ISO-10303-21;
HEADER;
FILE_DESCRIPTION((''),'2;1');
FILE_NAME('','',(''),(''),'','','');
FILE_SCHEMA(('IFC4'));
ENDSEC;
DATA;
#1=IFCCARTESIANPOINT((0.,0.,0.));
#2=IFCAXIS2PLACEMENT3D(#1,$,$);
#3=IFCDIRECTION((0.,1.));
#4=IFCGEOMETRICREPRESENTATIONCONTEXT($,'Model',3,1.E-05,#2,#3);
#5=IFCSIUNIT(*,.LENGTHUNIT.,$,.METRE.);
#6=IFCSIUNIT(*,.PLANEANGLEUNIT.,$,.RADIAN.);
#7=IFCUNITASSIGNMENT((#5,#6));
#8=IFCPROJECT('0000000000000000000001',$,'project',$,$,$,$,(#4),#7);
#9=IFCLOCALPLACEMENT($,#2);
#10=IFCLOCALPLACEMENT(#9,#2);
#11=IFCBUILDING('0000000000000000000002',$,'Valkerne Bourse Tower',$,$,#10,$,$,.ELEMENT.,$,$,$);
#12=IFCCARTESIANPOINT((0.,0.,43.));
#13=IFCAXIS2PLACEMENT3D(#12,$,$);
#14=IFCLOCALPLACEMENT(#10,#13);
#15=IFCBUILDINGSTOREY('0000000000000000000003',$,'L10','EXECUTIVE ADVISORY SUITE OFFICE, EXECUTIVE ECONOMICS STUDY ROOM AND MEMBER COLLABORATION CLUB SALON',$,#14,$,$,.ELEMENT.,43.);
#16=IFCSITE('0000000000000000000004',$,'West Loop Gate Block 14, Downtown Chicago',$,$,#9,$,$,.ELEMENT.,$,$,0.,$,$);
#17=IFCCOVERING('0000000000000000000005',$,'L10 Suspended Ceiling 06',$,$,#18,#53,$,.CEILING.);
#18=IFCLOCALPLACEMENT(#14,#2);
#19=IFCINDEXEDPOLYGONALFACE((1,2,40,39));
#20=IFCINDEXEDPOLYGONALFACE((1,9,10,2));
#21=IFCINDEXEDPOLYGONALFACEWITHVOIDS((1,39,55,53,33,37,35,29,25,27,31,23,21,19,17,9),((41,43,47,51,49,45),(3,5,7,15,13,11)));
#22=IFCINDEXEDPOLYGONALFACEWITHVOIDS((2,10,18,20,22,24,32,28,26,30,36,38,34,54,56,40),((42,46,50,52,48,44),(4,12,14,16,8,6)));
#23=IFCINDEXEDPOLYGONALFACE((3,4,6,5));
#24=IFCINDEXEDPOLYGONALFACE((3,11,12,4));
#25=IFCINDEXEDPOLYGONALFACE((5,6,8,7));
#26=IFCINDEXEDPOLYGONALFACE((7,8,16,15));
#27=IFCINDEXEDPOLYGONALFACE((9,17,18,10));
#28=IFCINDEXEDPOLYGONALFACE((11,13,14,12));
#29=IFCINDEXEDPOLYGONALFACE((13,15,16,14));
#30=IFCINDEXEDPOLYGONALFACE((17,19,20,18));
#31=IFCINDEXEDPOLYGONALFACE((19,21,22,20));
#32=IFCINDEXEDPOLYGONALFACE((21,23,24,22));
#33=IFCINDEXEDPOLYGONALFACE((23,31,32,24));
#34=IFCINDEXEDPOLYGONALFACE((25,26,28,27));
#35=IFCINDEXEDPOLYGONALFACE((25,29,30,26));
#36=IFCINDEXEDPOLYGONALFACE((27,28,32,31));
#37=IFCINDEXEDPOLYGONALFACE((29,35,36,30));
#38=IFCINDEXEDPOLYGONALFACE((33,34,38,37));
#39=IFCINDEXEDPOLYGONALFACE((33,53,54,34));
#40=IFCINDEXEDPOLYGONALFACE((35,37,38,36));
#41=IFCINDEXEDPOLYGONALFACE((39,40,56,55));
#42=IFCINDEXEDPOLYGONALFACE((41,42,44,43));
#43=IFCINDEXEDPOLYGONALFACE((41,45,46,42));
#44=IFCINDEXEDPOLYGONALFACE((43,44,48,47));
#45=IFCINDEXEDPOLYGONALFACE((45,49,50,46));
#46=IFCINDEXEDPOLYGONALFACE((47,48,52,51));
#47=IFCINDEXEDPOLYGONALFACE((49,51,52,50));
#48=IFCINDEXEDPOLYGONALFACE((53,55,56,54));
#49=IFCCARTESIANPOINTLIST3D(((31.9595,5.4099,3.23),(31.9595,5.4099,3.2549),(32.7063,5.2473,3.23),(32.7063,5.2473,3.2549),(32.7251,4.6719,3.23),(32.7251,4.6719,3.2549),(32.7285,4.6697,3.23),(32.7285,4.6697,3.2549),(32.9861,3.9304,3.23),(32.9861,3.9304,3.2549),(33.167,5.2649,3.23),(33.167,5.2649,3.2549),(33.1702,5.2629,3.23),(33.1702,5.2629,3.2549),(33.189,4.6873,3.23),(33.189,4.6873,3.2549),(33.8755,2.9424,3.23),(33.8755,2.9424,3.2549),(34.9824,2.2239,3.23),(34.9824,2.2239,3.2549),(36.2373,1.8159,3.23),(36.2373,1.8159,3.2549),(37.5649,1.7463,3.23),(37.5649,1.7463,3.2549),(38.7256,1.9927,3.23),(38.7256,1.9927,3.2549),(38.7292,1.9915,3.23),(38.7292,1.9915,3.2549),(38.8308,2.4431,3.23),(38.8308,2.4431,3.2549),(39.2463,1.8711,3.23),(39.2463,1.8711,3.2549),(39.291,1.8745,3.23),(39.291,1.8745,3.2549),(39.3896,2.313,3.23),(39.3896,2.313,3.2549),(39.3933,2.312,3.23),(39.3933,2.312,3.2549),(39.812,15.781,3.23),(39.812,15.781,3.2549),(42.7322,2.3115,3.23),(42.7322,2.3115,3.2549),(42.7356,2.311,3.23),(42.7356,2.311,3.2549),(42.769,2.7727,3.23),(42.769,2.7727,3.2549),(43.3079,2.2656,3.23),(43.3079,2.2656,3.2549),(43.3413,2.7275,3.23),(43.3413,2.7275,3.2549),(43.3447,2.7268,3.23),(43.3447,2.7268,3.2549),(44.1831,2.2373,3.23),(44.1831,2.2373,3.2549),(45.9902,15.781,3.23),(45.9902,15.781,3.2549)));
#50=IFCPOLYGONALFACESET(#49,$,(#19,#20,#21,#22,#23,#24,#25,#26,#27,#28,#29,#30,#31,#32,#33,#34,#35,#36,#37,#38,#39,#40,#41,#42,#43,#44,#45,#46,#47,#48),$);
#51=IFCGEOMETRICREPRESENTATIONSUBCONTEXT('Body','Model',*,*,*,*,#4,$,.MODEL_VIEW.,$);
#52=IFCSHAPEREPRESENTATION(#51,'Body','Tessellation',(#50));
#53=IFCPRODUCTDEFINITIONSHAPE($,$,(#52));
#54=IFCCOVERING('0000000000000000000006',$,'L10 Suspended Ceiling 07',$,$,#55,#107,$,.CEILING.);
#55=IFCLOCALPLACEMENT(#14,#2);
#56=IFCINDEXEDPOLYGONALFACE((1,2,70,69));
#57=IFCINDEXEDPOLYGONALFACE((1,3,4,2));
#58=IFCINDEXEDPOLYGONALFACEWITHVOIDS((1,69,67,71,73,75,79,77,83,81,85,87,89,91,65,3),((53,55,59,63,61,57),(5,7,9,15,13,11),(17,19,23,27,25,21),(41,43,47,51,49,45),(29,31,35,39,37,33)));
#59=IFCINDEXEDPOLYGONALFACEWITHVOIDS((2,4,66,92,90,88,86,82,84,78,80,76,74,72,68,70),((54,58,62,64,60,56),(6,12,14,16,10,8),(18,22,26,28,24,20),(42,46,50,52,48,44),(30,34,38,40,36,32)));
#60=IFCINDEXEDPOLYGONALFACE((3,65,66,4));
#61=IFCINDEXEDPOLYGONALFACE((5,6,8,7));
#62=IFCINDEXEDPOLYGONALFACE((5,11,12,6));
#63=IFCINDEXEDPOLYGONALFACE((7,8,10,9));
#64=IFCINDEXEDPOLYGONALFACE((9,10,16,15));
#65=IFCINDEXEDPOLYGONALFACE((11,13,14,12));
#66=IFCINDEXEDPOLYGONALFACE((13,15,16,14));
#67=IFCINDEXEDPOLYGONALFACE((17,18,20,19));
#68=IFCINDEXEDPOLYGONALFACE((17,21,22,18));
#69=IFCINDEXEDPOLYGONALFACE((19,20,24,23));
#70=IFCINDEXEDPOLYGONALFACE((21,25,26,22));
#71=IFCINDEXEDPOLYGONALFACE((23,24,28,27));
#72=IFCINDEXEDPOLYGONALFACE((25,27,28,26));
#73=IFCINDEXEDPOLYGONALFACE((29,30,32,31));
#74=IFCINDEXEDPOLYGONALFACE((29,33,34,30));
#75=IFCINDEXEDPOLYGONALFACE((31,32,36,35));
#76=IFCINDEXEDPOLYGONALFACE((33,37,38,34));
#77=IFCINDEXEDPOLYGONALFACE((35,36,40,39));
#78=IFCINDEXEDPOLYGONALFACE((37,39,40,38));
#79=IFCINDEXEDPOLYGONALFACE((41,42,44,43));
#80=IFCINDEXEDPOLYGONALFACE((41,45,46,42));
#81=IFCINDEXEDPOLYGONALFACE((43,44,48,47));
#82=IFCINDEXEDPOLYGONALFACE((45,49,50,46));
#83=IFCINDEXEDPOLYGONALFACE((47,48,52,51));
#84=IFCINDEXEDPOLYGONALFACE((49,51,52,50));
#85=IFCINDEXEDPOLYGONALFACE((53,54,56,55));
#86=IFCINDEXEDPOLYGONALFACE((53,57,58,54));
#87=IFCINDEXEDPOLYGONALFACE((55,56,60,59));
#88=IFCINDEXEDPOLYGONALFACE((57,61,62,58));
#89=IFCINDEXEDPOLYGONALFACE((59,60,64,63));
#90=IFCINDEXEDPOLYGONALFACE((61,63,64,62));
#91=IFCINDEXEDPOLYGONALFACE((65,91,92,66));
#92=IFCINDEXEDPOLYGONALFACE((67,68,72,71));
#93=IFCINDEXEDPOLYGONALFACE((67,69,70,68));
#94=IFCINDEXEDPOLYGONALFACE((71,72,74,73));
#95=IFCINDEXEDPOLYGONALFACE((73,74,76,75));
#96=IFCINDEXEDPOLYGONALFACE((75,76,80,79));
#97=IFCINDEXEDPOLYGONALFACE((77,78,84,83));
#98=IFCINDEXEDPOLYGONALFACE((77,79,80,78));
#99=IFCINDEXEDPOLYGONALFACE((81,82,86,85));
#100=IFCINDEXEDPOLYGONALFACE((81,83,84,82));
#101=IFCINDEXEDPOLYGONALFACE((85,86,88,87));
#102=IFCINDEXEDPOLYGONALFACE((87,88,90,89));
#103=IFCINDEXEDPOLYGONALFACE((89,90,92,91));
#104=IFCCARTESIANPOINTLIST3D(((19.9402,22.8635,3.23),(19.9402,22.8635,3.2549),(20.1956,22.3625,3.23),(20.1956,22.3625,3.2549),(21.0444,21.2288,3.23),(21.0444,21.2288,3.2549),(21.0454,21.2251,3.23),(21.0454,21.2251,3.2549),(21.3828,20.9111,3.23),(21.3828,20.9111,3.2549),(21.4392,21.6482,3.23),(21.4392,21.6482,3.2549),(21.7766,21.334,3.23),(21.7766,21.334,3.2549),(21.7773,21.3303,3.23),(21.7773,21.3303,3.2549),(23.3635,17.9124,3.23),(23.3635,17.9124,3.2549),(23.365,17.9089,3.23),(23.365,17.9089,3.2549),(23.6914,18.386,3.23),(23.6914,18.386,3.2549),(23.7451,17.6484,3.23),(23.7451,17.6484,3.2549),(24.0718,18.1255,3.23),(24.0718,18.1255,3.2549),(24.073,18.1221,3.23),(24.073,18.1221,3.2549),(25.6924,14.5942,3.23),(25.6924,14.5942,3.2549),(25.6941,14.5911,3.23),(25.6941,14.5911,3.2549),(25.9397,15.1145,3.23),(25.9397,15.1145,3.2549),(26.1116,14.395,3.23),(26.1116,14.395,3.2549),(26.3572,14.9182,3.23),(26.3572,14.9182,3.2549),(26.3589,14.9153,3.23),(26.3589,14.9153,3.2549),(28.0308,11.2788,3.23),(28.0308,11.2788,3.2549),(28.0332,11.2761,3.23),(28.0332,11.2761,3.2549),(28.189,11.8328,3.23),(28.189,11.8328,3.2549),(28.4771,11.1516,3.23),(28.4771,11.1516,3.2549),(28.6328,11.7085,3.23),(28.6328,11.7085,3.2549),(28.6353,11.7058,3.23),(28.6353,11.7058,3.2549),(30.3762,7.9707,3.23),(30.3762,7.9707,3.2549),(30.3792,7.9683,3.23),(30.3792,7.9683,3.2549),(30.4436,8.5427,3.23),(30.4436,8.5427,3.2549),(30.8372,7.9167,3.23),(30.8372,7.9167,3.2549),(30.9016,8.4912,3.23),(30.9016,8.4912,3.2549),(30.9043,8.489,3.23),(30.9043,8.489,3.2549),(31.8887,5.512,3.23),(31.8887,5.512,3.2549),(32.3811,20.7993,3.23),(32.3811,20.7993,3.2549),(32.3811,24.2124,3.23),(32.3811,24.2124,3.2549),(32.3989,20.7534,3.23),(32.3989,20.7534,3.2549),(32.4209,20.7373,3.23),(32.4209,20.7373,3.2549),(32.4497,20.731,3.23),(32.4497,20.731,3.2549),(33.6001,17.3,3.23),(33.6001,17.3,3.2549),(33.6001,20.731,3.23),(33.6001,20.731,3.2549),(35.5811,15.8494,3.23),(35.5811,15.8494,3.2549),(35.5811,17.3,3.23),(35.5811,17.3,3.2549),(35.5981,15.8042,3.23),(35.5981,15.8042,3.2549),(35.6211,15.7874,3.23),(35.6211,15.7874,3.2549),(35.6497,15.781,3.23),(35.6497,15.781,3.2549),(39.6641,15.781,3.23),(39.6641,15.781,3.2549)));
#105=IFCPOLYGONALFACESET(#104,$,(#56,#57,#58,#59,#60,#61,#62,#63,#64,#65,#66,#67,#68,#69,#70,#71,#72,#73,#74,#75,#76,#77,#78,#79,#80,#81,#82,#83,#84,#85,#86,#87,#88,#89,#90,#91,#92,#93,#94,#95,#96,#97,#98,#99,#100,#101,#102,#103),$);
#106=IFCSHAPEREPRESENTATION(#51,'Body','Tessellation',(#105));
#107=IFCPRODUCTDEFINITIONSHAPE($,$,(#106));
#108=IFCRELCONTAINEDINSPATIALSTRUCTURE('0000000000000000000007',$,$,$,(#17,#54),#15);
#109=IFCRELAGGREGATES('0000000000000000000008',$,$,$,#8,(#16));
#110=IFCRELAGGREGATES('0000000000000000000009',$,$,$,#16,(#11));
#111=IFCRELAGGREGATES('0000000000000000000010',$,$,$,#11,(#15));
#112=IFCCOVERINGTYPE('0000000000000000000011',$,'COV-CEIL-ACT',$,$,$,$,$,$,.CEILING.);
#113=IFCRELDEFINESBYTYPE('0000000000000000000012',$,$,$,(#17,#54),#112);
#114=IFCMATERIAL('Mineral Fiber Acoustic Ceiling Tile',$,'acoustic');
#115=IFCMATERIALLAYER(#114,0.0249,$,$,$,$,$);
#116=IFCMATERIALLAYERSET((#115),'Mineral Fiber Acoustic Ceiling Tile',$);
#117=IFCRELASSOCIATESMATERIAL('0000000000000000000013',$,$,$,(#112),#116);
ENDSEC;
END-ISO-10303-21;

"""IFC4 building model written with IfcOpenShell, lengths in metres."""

from ifc_helpers import new_model, si_unit, direction, frame, origin, place, context, subcontext, project, spatial, polyline, outline, extrude, material, layer, layer_set, type_object, element, save


model = new_model("IFC4")

# Units and contexts
model_context = context("Model", 3, precision=1e-05, world=origin(), true_north=direction((0.0, 1.0)))
body_context = subcontext(model_context, "Body", "Model", "MODEL_VIEW")
ifc_project = project(units=[si_unit("LENGTHUNIT", "METRE"), si_unit("PLANEANGLEUNIT", "RADIAN")], contexts=[model_context])

# Site, building, storey
site_placement = place(None, origin())
site = spatial("IfcSite", under=ifc_project, at=site_placement, Name="West Loop Gate Block 14, Downtown Chicago", CompositionType="ELEMENT", RefElevation=0.0)
building_placement = place(site_placement, origin())
building = spatial("IfcBuilding", under=site, at=building_placement, Name="Valkerne Bourse Tower", CompositionType="ELEMENT")
storey_placement = place(building_placement, frame((0.0, 0.0, 43.0)))
storey = spatial("IfcBuildingStorey", under=building, at=storey_placement, Name="L10", Description="EXECUTIVE ADVISORY SUITE OFFICE, EXECUTIVE ECONOMICS STUDY ROOM AND MEMBER COLLABORATION CLUB SALON", CompositionType="ELEMENT", Elevation=43.0)

# Coverings
ifc_material_1 = material(Name="Mineral Fiber Acoustic Ceiling Tile", Category="acoustic")
ifc_layer_1 = layer(ifc_material_1, 0.0249)
ifc_layer_set_1 = layer_set([ifc_layer_1], Name="Mineral Fiber Acoustic Ceiling Tile")
covering_type_1 = type_object("IfcCoveringType", Name="COV-CEIL-ACT", PredefinedType="CEILING", material=ifc_layer_set_1)
covering_1_placement = place(storey_placement, frame((0.0, 0.0, 3.23)))
element("IfcCovering", 1, at=covering_1_placement, inside=storey, type_object=covering_type_1, Name="L10 Suspended Ceiling 06", PredefinedType="CEILING", context=body_context, shape_type="SweptSolid", body=[
    extrude(outline(polyline([(34.9824, 2.2239), (33.8755, 2.9424), (32.9861, 3.9304), (31.9595, 5.4099), (39.812, 15.781), (45.9902, 15.781), (44.1831, 2.2373), (39.291, 1.8745), (39.3933, 2.312), (39.3896, 2.313), (38.8308, 2.4431), (38.7256, 1.9927), (38.7292, 1.9915), (39.2463, 1.8711), (37.5649, 1.7463), (36.2373, 1.8159), (34.9824, 2.2239)]), holes=[polyline([(33.1702, 5.2629), (33.167, 5.2649), (32.7063, 5.2473), (32.7251, 4.6719), (32.7285, 4.6697), (33.189, 4.6873), (33.1702, 5.2629)]), polyline([(43.3413, 2.7275), (42.769, 2.7727), (42.7322, 2.3115), (42.7356, 2.311), (43.3079, 2.2656), (43.3447, 2.7268), (43.3413, 2.7275)])]), origin(), (0.0, 0.0, 1.0), 0.0249),
])
covering_2_placement = place(storey_placement, frame((0.0, 0.0, 3.23)))
element("IfcCovering", 2, at=covering_2_placement, inside=storey, type_object=covering_type_1, Name="L10 Suspended Ceiling 07", PredefinedType="CEILING", context=body_context, shape_type="SweptSolid", body=[
    extrude(outline(polyline([(32.3811, 24.2124), (32.3811, 20.7993), (32.3989, 20.7534), (32.4209, 20.7373), (32.4497, 20.731), (33.6001, 20.731), (33.6001, 17.3), (35.5811, 17.3), (35.5811, 15.8494), (35.5981, 15.8042), (35.6211, 15.7874), (35.6497, 15.781), (39.6641, 15.781), (31.8887, 5.512), (20.1956, 22.3625), (19.9402, 22.8635), (32.3811, 24.2124)]), holes=[polyline([(30.9016, 8.4912), (30.4436, 8.5427), (30.3762, 7.9707), (30.3792, 7.9683), (30.8372, 7.9167), (30.9043, 8.489), (30.9016, 8.4912)]), polyline([(28.6353, 11.7058), (28.6328, 11.7085), (28.189, 11.8328), (28.0308, 11.2788), (28.0332, 11.2761), (28.4771, 11.1516), (28.6353, 11.7058)]), polyline([(26.3589, 14.9153), (26.3572, 14.9182), (25.9397, 15.1145), (25.6924, 14.5942), (25.6941, 14.5911), (26.1116, 14.395), (26.3589, 14.9153)]), polyline([(24.0718, 18.1255), (23.6914, 18.386), (23.3635, 17.9124), (23.365, 17.9089), (23.7451, 17.6484), (24.073, 18.1221), (24.0718, 18.1255)]), polyline([(21.7773, 21.3303), (21.7766, 21.334), (21.4392, 21.6482), (21.0444, 21.2288), (21.0454, 21.2251), (21.3828, 20.9111), (21.7773, 21.3303)])]), origin(), (0.0, 0.0, 1.0), 0.0249),
])

save(model, "model.ifc")
